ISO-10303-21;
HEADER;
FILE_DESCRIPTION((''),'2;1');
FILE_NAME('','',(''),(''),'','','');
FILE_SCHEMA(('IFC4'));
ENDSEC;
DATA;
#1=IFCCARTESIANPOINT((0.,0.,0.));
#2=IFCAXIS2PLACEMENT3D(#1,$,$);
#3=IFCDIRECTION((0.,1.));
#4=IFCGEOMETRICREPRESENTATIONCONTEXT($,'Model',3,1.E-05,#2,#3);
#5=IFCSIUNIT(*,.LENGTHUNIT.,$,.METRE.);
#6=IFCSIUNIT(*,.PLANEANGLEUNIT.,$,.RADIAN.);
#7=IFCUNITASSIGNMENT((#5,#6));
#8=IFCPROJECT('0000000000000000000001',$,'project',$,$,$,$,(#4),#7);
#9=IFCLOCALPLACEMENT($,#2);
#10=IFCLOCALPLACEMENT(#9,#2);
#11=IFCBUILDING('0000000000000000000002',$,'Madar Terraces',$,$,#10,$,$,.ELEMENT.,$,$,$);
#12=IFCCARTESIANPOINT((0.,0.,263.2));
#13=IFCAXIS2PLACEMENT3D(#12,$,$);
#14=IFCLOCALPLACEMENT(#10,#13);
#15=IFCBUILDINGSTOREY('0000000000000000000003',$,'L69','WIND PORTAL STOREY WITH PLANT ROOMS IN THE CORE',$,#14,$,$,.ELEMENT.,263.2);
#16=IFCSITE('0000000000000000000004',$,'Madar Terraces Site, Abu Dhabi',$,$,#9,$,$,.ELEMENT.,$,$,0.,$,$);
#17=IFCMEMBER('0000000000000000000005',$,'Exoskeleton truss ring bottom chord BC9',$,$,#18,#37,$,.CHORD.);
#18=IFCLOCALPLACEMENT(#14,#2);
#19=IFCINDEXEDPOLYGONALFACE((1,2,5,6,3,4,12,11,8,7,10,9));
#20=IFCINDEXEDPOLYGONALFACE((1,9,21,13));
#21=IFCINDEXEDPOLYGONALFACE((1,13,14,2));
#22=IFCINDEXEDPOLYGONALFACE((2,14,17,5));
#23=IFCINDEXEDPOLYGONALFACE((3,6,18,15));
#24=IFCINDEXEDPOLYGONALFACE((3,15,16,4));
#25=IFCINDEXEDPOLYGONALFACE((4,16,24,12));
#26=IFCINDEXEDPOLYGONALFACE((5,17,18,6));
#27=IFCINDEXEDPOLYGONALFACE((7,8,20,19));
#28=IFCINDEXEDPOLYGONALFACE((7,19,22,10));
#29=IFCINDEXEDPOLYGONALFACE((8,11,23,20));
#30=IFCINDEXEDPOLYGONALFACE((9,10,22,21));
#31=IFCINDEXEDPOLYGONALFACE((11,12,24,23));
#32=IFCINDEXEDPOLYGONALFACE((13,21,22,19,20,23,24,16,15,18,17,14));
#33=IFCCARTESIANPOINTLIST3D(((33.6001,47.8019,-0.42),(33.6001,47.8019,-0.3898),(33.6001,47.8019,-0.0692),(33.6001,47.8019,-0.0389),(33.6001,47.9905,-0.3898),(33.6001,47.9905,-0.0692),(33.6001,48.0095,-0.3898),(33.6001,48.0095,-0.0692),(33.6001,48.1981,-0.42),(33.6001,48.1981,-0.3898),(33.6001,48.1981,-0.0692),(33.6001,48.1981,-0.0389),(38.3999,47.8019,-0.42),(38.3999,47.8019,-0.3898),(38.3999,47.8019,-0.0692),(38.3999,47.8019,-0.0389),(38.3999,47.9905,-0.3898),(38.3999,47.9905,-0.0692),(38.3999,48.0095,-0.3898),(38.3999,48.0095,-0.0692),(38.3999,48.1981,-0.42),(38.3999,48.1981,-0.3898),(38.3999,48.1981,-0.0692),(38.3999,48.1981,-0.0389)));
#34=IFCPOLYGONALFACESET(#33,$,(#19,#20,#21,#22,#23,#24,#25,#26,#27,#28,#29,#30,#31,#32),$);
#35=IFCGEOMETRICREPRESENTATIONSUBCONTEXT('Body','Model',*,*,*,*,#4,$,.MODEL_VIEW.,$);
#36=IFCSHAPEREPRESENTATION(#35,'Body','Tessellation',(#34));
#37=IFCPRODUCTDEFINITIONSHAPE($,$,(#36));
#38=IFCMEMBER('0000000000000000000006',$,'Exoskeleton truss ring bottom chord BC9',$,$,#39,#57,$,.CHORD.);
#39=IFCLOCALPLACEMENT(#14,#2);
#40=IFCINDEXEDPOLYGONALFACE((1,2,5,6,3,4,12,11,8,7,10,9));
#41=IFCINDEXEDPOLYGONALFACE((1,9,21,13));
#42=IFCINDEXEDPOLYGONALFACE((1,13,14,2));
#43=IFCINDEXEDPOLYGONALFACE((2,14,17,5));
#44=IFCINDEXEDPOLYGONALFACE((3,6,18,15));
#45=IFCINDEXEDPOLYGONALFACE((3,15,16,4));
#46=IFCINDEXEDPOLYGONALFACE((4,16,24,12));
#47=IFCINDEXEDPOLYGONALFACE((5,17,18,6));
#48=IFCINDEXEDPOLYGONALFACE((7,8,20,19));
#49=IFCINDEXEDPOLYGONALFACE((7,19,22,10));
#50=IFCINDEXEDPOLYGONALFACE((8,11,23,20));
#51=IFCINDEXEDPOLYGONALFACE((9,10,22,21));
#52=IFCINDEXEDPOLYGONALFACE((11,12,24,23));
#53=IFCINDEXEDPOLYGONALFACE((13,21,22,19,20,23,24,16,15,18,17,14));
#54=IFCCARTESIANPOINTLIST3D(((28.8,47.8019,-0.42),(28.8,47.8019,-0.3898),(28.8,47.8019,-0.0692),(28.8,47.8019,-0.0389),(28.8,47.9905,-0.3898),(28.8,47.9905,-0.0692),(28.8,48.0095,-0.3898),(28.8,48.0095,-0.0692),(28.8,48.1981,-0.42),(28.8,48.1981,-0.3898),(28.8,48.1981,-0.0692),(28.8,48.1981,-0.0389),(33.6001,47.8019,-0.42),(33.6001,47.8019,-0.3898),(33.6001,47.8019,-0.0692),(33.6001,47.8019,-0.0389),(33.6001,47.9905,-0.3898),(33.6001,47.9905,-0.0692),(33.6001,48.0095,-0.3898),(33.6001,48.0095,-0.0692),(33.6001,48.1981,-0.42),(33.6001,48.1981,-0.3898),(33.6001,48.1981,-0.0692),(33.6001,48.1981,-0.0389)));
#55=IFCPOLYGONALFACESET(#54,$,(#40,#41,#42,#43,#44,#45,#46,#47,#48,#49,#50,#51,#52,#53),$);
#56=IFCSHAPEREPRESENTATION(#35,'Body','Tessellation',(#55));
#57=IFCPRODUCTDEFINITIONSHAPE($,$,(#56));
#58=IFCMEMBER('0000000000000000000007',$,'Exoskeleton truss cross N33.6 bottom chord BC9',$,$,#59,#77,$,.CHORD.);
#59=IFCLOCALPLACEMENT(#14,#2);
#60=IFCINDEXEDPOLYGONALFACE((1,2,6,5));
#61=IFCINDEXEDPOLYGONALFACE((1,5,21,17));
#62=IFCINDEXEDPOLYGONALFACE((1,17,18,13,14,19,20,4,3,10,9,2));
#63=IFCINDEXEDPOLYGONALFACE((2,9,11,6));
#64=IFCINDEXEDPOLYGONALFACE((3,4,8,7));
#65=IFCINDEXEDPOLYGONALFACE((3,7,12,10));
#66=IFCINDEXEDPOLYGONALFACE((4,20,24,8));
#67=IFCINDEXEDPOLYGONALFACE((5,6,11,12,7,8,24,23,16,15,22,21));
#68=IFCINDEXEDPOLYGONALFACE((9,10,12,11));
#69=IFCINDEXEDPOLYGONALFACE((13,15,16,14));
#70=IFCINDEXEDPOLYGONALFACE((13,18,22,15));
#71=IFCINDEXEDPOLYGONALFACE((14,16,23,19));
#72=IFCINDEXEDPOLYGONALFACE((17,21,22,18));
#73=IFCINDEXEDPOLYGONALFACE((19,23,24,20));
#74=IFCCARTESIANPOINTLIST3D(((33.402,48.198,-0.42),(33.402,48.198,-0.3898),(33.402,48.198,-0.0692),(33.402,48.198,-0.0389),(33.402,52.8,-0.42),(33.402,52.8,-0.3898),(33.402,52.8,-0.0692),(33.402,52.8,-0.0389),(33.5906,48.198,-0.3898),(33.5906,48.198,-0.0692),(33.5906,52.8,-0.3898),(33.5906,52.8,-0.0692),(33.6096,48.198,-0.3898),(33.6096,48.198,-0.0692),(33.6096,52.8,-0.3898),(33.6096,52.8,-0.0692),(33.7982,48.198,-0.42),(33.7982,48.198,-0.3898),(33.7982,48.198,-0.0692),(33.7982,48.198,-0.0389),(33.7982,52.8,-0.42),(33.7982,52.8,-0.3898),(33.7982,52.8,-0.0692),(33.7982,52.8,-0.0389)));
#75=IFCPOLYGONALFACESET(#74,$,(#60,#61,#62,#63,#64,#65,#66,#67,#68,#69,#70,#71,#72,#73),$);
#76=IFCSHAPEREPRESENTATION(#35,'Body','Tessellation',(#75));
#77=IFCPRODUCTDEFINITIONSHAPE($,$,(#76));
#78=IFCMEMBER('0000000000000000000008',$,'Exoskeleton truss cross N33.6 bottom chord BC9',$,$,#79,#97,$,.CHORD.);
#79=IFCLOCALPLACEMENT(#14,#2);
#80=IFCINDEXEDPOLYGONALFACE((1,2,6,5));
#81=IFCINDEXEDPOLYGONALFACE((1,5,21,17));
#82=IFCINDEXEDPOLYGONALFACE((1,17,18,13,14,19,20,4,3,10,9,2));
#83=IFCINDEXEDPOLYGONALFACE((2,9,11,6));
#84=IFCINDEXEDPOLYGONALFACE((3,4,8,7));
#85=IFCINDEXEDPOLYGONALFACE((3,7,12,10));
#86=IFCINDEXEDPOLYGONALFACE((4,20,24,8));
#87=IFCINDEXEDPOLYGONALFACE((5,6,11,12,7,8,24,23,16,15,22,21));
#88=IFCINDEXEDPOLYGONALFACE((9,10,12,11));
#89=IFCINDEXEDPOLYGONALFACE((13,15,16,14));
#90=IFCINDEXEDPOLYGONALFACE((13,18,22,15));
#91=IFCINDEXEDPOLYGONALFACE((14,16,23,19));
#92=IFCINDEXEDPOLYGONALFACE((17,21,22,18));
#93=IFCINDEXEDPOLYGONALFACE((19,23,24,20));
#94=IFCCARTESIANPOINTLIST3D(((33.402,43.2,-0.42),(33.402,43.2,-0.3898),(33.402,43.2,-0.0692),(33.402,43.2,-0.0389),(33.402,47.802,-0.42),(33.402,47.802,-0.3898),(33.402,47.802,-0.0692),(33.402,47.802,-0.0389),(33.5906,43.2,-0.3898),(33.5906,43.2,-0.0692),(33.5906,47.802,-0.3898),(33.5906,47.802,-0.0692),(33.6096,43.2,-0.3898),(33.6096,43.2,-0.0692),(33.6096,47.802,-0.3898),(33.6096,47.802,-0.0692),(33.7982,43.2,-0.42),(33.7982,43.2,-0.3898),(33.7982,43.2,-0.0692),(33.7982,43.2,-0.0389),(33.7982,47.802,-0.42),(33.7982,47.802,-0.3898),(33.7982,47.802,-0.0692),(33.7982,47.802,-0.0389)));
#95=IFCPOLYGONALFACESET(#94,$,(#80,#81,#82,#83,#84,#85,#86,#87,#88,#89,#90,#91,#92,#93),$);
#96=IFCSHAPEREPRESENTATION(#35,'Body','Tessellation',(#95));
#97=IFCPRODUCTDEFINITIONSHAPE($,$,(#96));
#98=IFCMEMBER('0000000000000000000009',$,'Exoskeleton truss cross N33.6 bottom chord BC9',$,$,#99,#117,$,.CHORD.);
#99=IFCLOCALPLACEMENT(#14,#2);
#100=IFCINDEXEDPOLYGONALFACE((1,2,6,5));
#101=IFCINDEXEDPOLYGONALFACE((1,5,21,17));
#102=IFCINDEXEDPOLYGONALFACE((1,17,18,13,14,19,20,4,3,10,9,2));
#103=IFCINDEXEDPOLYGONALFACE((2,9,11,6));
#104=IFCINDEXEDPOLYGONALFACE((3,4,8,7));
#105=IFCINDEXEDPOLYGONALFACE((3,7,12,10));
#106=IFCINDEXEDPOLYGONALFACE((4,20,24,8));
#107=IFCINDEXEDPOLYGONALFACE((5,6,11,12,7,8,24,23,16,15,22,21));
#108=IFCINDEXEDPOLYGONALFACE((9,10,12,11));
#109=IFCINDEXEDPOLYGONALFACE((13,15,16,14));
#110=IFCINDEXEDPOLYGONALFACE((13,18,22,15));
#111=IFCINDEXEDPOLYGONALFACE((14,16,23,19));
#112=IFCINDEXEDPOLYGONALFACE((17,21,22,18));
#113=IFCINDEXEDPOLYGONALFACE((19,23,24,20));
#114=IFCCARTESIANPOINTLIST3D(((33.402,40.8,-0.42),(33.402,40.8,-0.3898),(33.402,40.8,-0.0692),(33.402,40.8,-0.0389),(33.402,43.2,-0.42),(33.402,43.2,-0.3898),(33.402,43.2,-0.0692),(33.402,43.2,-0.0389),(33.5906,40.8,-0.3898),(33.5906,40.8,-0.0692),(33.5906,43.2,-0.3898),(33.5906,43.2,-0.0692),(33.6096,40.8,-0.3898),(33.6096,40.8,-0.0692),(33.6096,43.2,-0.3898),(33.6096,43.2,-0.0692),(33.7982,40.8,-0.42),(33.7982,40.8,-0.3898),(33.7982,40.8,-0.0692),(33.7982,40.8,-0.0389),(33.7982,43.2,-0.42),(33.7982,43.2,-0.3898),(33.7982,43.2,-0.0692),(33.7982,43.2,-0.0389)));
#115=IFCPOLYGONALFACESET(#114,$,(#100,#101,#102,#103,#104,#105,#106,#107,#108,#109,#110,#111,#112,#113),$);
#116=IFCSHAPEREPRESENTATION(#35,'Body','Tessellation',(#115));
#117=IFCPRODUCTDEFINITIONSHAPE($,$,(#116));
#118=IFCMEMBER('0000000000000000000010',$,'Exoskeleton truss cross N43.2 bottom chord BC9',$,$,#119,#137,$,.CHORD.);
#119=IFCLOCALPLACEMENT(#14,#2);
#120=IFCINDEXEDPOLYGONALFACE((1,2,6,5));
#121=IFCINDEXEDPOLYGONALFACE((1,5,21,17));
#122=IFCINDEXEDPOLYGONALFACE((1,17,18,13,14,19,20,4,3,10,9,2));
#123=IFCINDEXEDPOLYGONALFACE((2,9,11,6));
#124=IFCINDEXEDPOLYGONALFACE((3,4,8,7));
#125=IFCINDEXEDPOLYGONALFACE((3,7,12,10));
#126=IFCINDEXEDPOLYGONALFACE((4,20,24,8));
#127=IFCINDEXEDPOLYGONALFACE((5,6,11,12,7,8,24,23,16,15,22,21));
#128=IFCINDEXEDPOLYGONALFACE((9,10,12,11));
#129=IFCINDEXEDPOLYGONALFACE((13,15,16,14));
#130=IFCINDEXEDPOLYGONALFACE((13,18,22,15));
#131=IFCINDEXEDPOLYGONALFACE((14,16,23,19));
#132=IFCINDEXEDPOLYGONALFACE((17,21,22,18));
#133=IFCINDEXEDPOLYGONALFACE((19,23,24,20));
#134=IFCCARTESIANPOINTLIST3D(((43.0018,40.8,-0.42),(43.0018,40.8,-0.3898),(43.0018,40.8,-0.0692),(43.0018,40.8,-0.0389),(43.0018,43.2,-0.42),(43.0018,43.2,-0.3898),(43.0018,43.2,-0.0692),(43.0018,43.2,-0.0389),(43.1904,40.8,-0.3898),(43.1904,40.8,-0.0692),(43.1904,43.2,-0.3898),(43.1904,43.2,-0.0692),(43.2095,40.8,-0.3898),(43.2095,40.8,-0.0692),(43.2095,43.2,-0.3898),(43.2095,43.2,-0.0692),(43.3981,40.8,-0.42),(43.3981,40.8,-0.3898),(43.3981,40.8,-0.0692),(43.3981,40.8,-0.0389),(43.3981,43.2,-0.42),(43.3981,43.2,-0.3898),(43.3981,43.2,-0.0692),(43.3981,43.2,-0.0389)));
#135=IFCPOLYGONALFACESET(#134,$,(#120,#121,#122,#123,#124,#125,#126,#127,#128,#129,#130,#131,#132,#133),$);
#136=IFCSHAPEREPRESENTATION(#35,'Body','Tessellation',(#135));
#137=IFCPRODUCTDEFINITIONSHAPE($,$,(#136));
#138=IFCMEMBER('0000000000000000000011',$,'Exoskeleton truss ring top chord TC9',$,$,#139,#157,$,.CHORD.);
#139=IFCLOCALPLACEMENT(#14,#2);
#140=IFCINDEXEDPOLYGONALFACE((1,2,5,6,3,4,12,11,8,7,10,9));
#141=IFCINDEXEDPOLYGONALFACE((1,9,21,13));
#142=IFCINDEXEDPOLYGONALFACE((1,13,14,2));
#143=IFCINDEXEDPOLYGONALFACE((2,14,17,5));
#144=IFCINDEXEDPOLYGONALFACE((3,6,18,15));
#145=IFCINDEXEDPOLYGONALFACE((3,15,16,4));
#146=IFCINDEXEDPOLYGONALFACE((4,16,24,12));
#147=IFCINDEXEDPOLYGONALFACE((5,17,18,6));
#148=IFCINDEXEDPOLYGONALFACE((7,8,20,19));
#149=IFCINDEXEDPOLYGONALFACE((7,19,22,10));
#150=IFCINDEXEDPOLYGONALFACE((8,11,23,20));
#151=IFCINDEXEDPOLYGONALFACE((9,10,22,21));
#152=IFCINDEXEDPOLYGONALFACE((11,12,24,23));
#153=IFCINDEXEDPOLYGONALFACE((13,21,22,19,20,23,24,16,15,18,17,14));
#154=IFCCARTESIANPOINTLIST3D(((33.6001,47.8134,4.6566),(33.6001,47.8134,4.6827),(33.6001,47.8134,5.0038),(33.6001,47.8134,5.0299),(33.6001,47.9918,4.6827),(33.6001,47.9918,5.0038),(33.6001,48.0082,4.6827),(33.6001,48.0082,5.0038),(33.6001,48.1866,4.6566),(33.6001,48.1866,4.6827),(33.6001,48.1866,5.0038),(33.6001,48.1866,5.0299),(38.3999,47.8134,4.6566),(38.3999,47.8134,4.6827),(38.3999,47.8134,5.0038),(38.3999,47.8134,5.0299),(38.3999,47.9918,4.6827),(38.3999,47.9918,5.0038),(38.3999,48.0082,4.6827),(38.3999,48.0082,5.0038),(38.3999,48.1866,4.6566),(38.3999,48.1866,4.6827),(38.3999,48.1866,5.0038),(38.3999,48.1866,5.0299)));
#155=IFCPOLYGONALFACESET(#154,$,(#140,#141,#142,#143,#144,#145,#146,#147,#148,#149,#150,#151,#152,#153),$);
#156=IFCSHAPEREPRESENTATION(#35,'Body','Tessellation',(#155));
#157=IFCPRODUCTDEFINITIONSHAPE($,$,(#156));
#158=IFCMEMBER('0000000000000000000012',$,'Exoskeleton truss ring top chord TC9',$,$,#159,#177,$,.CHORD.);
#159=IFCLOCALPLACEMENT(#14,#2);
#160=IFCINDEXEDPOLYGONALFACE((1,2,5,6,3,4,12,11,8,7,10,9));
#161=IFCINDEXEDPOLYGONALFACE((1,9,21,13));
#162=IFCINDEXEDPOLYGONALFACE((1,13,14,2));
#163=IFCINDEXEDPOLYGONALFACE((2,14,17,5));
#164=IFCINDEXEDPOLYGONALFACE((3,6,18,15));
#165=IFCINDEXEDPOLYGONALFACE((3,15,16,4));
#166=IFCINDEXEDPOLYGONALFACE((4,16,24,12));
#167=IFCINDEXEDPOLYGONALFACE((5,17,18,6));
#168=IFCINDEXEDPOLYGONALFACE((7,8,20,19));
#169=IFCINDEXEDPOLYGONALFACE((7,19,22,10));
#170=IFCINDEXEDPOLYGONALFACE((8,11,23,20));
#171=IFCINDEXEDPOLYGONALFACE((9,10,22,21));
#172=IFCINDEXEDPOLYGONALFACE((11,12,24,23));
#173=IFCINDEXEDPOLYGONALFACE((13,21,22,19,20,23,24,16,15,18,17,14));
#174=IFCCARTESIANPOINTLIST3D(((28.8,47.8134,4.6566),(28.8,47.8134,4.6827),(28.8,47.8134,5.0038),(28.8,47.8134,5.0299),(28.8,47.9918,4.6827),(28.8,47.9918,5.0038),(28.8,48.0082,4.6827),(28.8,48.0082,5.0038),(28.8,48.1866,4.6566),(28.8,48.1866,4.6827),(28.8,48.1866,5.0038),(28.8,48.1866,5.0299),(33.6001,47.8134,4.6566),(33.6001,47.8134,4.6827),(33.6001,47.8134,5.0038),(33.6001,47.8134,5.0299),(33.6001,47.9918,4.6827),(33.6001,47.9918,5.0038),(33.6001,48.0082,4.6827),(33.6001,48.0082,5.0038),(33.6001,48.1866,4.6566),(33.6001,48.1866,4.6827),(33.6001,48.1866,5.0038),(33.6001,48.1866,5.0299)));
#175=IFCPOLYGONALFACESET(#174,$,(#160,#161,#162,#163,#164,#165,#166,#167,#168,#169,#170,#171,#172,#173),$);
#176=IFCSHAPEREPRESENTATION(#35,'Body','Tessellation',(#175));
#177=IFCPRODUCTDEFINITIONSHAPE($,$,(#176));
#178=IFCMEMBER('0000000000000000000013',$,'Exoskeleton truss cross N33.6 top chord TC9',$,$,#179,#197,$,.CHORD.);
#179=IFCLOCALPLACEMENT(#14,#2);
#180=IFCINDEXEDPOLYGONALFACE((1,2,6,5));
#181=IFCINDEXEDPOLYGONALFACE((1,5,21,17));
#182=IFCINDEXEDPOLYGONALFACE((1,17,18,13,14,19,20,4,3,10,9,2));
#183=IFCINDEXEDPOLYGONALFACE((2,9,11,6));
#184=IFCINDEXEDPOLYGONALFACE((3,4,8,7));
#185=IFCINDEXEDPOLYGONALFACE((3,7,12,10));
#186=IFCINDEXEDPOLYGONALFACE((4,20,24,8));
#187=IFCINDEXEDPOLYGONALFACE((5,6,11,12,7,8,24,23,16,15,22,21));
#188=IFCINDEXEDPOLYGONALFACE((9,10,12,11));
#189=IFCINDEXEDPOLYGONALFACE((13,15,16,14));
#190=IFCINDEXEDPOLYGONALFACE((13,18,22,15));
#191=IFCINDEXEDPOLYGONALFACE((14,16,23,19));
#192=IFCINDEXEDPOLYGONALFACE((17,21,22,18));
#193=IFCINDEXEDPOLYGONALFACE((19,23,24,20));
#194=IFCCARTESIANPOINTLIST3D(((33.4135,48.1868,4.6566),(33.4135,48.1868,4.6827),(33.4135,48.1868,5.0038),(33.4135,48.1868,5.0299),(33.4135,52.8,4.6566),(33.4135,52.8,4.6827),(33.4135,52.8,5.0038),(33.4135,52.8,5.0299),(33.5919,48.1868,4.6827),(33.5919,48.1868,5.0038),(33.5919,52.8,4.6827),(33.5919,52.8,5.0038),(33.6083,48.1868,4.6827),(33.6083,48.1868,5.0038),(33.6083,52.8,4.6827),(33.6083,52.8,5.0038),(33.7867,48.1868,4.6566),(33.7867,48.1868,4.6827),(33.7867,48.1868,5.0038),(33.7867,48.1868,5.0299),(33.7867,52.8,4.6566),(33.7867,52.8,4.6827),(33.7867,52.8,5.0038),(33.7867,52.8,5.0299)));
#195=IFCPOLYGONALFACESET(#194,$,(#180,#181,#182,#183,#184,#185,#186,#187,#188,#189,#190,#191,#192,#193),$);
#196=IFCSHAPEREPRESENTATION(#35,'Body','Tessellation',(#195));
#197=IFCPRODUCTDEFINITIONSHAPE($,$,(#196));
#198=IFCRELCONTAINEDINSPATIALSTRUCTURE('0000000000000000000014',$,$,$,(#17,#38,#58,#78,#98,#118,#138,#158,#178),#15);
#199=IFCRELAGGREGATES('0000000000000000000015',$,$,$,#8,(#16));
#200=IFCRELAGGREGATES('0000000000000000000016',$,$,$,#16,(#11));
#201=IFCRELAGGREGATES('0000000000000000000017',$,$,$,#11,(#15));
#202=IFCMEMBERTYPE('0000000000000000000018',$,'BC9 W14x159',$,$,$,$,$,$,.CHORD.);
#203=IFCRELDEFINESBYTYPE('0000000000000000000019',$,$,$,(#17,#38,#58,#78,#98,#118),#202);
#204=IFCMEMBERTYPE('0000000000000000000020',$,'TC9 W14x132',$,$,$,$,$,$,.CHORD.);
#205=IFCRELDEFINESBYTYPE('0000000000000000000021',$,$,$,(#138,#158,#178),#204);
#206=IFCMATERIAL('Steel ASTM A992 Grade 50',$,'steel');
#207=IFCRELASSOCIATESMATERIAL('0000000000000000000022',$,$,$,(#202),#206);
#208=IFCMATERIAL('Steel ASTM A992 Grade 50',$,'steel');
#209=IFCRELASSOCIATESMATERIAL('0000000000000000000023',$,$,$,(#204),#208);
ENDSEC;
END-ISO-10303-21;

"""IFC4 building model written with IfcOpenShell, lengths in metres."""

from ifc_helpers import new_model, si_unit, direction, frame, origin, origin_2d, place, context, subcontext, project, spatial, i_section, extrude, material, material_profile, profile_set, type_object, element, save


model = new_model("IFC4")

# Units and contexts
model_context = context("Model", 3, precision=1e-05, world=origin(), true_north=direction((0.0, 1.0)))
body_context = subcontext(model_context, "Body", "Model", "MODEL_VIEW")
ifc_project = project(units=[si_unit("LENGTHUNIT", "METRE"), si_unit("PLANEANGLEUNIT", "RADIAN")], contexts=[model_context])

# Site, building, storey
site_placement = place(None, origin())
site = spatial("IfcSite", under=ifc_project, at=site_placement, Name="Madar Terraces Site, Abu Dhabi", CompositionType="ELEMENT", RefElevation=0.0)
building_placement = place(site_placement, origin())
building = spatial("IfcBuilding", under=site, at=building_placement, Name="Madar Terraces", CompositionType="ELEMENT")
storey_placement = place(building_placement, frame((0.0, 0.0, 263.2)))
storey = spatial("IfcBuildingStorey", under=building, at=storey_placement, Name="L69", Description="WIND PORTAL STOREY WITH PLANT ROOMS IN THE CORE", CompositionType="ELEMENT", Elevation=263.2)

# Members
ifc_material_1 = material(Name="Steel ASTM A992 Grade 50", Category="steel")
ifc_material_profile_1 = material_profile(ifc_material_1, i_section(OverallWidth=0.3962, OverallDepth=0.3811, WebThickness=0.019, FlangeThickness=0.0303, at=origin_2d()), Name="W14x159")
ifc_profile_set_1 = profile_set([ifc_material_profile_1], Name="Steel ASTM A992 Grade 50")
member_type_1 = type_object("IfcMemberType", Name="BC9 W14x159", PredefinedType="CHORD", material=ifc_profile_set_1)
member_1_placement = place(storey_placement, frame((38.3999, 48.0, -0.2295), z_axis=(-1.0, 0.0, 0.0), x_axis=(0.0, -1.0, 0.0)))
element("IfcMember", 1, at=member_1_placement, inside=storey, type_object=member_type_1, Name="Exoskeleton truss ring bottom chord BC9", PredefinedType="CHORD", context=body_context, shape_type="SweptSolid", body=[
    extrude(i_section(OverallWidth=0.3962, OverallDepth=0.3811, WebThickness=0.019, FlangeThickness=0.0303, at=origin_2d()), origin(), (0.0, 0.0, 1.0), 4.7998),
])
member_2_placement = place(storey_placement, frame((33.6001, 48.0, -0.2295), z_axis=(-1.0, 0.0, 0.0), x_axis=(0.0, -1.0, 0.0)))
element("IfcMember", 2, at=member_2_placement, inside=storey, type_object=member_type_1, Name="Exoskeleton truss ring bottom chord BC9", PredefinedType="CHORD", context=body_context, shape_type="SweptSolid", body=[
    extrude(i_section(OverallWidth=0.3962, OverallDepth=0.3811, WebThickness=0.019, FlangeThickness=0.0303, at=origin_2d()), origin(), (0.0, 0.0, 1.0), 4.8),
])
for number, where, z_axis, x_axis, name in (
    (3, (33.6001, 52.8, -0.2295), (0.0, -1.0, 0.0), (1.0, 0.0, 0.0), "Exoskeleton truss cross N33.6 bottom chord BC9"),
    (4, (33.6001, 47.802, -0.2295), (0.0, -1.0, 0.0), (1.0, 0.0, 0.0), "Exoskeleton truss cross N33.6 bottom chord BC9"),
):
    element("IfcMember", number, at=place(storey_placement, frame(where, z_axis=z_axis, x_axis=x_axis)), inside=storey, type_object=member_type_1, Name=name, PredefinedType="CHORD", context=body_context, shape_type="SweptSolid", body=[
        extrude(i_section(OverallWidth=0.3962, OverallDepth=0.3811, WebThickness=0.019, FlangeThickness=0.0303, at=origin_2d()), origin(), (0.0, 0.0, 1.0), 4.6021),
    ])
for number, where, z_axis, x_axis, name in (
    (5, (33.6001, 43.2, -0.2295), (0.0, -1.0, 0.0), (1.0, 0.0, 0.0), "Exoskeleton truss cross N33.6 bottom chord BC9"),
    (6, (43.2, 43.2, -0.2295), (0.0, -1.0, 0.0), (1.0, 0.0, 0.0), "Exoskeleton truss cross N43.2 bottom chord BC9"),
):
    element("IfcMember", number, at=place(storey_placement, frame(where, z_axis=z_axis, x_axis=x_axis)), inside=storey, type_object=member_type_1, Name=name, PredefinedType="CHORD", context=body_context, shape_type="SweptSolid", body=[
        extrude(i_section(OverallWidth=0.3962, OverallDepth=0.3811, WebThickness=0.019, FlangeThickness=0.0303, at=origin_2d()), origin(), (0.0, 0.0, 1.0), 2.3999),
    ])
ifc_material_2 = material(Name="Steel ASTM A992 Grade 50", Category="steel")
ifc_material_profile_2 = material_profile(ifc_material_2, i_section(OverallWidth=0.3733, OverallDepth=0.3733, WebThickness=0.0164, FlangeThickness=0.0261, at=origin_2d()), Name="W14x132")
ifc_profile_set_2 = profile_set([ifc_material_profile_2], Name="Steel ASTM A992 Grade 50")
member_type_2 = type_object("IfcMemberType", Name="TC9 W14x132", PredefinedType="CHORD", material=ifc_profile_set_2)
member_3_placement = place(storey_placement, frame((38.3999, 48.0, 4.8433), z_axis=(-1.0, 0.0, 0.0), x_axis=(0.0, -1.0, 0.0)))
element("IfcMember", 7, at=member_3_placement, inside=storey, type_object=member_type_2, Name="Exoskeleton truss ring top chord TC9", PredefinedType="CHORD", context=body_context, shape_type="SweptSolid", body=[
    extrude(i_section(OverallWidth=0.3733, OverallDepth=0.3733, WebThickness=0.0164, FlangeThickness=0.0261, at=origin_2d()), origin(), (0.0, 0.0, 1.0), 4.7998),
])
member_4_placement = place(storey_placement, frame((33.6001, 48.0, 4.8433), z_axis=(-1.0, 0.0, 0.0), x_axis=(0.0, -1.0, 0.0)))
element("IfcMember", 8, at=member_4_placement, inside=storey, type_object=member_type_2, Name="Exoskeleton truss ring top chord TC9", PredefinedType="CHORD", context=body_context, shape_type="SweptSolid", body=[
    extrude(i_section(OverallWidth=0.3733, OverallDepth=0.3733, WebThickness=0.0164, FlangeThickness=0.0261, at=origin_2d()), origin(), (0.0, 0.0, 1.0), 4.8),
])
for number, where, z_axis, x_axis, name in (
    (9, (33.6001, 52.8, 4.8433), (0.0, -1.0, 0.0), (1.0, 0.0, 0.0), "Exoskeleton truss cross N33.6 top chord TC9"),
):
    element("IfcMember", number, at=place(storey_placement, frame(where, z_axis=z_axis, x_axis=x_axis)), inside=storey, type_object=member_type_2, Name=name, PredefinedType="CHORD", context=body_context, shape_type="SweptSolid", body=[
        extrude(i_section(OverallWidth=0.3733, OverallDepth=0.3733, WebThickness=0.0164, FlangeThickness=0.0261, at=origin_2d()), origin(), (0.0, 0.0, 1.0), 4.6133),
    ])

save(model, "model.ifc")
